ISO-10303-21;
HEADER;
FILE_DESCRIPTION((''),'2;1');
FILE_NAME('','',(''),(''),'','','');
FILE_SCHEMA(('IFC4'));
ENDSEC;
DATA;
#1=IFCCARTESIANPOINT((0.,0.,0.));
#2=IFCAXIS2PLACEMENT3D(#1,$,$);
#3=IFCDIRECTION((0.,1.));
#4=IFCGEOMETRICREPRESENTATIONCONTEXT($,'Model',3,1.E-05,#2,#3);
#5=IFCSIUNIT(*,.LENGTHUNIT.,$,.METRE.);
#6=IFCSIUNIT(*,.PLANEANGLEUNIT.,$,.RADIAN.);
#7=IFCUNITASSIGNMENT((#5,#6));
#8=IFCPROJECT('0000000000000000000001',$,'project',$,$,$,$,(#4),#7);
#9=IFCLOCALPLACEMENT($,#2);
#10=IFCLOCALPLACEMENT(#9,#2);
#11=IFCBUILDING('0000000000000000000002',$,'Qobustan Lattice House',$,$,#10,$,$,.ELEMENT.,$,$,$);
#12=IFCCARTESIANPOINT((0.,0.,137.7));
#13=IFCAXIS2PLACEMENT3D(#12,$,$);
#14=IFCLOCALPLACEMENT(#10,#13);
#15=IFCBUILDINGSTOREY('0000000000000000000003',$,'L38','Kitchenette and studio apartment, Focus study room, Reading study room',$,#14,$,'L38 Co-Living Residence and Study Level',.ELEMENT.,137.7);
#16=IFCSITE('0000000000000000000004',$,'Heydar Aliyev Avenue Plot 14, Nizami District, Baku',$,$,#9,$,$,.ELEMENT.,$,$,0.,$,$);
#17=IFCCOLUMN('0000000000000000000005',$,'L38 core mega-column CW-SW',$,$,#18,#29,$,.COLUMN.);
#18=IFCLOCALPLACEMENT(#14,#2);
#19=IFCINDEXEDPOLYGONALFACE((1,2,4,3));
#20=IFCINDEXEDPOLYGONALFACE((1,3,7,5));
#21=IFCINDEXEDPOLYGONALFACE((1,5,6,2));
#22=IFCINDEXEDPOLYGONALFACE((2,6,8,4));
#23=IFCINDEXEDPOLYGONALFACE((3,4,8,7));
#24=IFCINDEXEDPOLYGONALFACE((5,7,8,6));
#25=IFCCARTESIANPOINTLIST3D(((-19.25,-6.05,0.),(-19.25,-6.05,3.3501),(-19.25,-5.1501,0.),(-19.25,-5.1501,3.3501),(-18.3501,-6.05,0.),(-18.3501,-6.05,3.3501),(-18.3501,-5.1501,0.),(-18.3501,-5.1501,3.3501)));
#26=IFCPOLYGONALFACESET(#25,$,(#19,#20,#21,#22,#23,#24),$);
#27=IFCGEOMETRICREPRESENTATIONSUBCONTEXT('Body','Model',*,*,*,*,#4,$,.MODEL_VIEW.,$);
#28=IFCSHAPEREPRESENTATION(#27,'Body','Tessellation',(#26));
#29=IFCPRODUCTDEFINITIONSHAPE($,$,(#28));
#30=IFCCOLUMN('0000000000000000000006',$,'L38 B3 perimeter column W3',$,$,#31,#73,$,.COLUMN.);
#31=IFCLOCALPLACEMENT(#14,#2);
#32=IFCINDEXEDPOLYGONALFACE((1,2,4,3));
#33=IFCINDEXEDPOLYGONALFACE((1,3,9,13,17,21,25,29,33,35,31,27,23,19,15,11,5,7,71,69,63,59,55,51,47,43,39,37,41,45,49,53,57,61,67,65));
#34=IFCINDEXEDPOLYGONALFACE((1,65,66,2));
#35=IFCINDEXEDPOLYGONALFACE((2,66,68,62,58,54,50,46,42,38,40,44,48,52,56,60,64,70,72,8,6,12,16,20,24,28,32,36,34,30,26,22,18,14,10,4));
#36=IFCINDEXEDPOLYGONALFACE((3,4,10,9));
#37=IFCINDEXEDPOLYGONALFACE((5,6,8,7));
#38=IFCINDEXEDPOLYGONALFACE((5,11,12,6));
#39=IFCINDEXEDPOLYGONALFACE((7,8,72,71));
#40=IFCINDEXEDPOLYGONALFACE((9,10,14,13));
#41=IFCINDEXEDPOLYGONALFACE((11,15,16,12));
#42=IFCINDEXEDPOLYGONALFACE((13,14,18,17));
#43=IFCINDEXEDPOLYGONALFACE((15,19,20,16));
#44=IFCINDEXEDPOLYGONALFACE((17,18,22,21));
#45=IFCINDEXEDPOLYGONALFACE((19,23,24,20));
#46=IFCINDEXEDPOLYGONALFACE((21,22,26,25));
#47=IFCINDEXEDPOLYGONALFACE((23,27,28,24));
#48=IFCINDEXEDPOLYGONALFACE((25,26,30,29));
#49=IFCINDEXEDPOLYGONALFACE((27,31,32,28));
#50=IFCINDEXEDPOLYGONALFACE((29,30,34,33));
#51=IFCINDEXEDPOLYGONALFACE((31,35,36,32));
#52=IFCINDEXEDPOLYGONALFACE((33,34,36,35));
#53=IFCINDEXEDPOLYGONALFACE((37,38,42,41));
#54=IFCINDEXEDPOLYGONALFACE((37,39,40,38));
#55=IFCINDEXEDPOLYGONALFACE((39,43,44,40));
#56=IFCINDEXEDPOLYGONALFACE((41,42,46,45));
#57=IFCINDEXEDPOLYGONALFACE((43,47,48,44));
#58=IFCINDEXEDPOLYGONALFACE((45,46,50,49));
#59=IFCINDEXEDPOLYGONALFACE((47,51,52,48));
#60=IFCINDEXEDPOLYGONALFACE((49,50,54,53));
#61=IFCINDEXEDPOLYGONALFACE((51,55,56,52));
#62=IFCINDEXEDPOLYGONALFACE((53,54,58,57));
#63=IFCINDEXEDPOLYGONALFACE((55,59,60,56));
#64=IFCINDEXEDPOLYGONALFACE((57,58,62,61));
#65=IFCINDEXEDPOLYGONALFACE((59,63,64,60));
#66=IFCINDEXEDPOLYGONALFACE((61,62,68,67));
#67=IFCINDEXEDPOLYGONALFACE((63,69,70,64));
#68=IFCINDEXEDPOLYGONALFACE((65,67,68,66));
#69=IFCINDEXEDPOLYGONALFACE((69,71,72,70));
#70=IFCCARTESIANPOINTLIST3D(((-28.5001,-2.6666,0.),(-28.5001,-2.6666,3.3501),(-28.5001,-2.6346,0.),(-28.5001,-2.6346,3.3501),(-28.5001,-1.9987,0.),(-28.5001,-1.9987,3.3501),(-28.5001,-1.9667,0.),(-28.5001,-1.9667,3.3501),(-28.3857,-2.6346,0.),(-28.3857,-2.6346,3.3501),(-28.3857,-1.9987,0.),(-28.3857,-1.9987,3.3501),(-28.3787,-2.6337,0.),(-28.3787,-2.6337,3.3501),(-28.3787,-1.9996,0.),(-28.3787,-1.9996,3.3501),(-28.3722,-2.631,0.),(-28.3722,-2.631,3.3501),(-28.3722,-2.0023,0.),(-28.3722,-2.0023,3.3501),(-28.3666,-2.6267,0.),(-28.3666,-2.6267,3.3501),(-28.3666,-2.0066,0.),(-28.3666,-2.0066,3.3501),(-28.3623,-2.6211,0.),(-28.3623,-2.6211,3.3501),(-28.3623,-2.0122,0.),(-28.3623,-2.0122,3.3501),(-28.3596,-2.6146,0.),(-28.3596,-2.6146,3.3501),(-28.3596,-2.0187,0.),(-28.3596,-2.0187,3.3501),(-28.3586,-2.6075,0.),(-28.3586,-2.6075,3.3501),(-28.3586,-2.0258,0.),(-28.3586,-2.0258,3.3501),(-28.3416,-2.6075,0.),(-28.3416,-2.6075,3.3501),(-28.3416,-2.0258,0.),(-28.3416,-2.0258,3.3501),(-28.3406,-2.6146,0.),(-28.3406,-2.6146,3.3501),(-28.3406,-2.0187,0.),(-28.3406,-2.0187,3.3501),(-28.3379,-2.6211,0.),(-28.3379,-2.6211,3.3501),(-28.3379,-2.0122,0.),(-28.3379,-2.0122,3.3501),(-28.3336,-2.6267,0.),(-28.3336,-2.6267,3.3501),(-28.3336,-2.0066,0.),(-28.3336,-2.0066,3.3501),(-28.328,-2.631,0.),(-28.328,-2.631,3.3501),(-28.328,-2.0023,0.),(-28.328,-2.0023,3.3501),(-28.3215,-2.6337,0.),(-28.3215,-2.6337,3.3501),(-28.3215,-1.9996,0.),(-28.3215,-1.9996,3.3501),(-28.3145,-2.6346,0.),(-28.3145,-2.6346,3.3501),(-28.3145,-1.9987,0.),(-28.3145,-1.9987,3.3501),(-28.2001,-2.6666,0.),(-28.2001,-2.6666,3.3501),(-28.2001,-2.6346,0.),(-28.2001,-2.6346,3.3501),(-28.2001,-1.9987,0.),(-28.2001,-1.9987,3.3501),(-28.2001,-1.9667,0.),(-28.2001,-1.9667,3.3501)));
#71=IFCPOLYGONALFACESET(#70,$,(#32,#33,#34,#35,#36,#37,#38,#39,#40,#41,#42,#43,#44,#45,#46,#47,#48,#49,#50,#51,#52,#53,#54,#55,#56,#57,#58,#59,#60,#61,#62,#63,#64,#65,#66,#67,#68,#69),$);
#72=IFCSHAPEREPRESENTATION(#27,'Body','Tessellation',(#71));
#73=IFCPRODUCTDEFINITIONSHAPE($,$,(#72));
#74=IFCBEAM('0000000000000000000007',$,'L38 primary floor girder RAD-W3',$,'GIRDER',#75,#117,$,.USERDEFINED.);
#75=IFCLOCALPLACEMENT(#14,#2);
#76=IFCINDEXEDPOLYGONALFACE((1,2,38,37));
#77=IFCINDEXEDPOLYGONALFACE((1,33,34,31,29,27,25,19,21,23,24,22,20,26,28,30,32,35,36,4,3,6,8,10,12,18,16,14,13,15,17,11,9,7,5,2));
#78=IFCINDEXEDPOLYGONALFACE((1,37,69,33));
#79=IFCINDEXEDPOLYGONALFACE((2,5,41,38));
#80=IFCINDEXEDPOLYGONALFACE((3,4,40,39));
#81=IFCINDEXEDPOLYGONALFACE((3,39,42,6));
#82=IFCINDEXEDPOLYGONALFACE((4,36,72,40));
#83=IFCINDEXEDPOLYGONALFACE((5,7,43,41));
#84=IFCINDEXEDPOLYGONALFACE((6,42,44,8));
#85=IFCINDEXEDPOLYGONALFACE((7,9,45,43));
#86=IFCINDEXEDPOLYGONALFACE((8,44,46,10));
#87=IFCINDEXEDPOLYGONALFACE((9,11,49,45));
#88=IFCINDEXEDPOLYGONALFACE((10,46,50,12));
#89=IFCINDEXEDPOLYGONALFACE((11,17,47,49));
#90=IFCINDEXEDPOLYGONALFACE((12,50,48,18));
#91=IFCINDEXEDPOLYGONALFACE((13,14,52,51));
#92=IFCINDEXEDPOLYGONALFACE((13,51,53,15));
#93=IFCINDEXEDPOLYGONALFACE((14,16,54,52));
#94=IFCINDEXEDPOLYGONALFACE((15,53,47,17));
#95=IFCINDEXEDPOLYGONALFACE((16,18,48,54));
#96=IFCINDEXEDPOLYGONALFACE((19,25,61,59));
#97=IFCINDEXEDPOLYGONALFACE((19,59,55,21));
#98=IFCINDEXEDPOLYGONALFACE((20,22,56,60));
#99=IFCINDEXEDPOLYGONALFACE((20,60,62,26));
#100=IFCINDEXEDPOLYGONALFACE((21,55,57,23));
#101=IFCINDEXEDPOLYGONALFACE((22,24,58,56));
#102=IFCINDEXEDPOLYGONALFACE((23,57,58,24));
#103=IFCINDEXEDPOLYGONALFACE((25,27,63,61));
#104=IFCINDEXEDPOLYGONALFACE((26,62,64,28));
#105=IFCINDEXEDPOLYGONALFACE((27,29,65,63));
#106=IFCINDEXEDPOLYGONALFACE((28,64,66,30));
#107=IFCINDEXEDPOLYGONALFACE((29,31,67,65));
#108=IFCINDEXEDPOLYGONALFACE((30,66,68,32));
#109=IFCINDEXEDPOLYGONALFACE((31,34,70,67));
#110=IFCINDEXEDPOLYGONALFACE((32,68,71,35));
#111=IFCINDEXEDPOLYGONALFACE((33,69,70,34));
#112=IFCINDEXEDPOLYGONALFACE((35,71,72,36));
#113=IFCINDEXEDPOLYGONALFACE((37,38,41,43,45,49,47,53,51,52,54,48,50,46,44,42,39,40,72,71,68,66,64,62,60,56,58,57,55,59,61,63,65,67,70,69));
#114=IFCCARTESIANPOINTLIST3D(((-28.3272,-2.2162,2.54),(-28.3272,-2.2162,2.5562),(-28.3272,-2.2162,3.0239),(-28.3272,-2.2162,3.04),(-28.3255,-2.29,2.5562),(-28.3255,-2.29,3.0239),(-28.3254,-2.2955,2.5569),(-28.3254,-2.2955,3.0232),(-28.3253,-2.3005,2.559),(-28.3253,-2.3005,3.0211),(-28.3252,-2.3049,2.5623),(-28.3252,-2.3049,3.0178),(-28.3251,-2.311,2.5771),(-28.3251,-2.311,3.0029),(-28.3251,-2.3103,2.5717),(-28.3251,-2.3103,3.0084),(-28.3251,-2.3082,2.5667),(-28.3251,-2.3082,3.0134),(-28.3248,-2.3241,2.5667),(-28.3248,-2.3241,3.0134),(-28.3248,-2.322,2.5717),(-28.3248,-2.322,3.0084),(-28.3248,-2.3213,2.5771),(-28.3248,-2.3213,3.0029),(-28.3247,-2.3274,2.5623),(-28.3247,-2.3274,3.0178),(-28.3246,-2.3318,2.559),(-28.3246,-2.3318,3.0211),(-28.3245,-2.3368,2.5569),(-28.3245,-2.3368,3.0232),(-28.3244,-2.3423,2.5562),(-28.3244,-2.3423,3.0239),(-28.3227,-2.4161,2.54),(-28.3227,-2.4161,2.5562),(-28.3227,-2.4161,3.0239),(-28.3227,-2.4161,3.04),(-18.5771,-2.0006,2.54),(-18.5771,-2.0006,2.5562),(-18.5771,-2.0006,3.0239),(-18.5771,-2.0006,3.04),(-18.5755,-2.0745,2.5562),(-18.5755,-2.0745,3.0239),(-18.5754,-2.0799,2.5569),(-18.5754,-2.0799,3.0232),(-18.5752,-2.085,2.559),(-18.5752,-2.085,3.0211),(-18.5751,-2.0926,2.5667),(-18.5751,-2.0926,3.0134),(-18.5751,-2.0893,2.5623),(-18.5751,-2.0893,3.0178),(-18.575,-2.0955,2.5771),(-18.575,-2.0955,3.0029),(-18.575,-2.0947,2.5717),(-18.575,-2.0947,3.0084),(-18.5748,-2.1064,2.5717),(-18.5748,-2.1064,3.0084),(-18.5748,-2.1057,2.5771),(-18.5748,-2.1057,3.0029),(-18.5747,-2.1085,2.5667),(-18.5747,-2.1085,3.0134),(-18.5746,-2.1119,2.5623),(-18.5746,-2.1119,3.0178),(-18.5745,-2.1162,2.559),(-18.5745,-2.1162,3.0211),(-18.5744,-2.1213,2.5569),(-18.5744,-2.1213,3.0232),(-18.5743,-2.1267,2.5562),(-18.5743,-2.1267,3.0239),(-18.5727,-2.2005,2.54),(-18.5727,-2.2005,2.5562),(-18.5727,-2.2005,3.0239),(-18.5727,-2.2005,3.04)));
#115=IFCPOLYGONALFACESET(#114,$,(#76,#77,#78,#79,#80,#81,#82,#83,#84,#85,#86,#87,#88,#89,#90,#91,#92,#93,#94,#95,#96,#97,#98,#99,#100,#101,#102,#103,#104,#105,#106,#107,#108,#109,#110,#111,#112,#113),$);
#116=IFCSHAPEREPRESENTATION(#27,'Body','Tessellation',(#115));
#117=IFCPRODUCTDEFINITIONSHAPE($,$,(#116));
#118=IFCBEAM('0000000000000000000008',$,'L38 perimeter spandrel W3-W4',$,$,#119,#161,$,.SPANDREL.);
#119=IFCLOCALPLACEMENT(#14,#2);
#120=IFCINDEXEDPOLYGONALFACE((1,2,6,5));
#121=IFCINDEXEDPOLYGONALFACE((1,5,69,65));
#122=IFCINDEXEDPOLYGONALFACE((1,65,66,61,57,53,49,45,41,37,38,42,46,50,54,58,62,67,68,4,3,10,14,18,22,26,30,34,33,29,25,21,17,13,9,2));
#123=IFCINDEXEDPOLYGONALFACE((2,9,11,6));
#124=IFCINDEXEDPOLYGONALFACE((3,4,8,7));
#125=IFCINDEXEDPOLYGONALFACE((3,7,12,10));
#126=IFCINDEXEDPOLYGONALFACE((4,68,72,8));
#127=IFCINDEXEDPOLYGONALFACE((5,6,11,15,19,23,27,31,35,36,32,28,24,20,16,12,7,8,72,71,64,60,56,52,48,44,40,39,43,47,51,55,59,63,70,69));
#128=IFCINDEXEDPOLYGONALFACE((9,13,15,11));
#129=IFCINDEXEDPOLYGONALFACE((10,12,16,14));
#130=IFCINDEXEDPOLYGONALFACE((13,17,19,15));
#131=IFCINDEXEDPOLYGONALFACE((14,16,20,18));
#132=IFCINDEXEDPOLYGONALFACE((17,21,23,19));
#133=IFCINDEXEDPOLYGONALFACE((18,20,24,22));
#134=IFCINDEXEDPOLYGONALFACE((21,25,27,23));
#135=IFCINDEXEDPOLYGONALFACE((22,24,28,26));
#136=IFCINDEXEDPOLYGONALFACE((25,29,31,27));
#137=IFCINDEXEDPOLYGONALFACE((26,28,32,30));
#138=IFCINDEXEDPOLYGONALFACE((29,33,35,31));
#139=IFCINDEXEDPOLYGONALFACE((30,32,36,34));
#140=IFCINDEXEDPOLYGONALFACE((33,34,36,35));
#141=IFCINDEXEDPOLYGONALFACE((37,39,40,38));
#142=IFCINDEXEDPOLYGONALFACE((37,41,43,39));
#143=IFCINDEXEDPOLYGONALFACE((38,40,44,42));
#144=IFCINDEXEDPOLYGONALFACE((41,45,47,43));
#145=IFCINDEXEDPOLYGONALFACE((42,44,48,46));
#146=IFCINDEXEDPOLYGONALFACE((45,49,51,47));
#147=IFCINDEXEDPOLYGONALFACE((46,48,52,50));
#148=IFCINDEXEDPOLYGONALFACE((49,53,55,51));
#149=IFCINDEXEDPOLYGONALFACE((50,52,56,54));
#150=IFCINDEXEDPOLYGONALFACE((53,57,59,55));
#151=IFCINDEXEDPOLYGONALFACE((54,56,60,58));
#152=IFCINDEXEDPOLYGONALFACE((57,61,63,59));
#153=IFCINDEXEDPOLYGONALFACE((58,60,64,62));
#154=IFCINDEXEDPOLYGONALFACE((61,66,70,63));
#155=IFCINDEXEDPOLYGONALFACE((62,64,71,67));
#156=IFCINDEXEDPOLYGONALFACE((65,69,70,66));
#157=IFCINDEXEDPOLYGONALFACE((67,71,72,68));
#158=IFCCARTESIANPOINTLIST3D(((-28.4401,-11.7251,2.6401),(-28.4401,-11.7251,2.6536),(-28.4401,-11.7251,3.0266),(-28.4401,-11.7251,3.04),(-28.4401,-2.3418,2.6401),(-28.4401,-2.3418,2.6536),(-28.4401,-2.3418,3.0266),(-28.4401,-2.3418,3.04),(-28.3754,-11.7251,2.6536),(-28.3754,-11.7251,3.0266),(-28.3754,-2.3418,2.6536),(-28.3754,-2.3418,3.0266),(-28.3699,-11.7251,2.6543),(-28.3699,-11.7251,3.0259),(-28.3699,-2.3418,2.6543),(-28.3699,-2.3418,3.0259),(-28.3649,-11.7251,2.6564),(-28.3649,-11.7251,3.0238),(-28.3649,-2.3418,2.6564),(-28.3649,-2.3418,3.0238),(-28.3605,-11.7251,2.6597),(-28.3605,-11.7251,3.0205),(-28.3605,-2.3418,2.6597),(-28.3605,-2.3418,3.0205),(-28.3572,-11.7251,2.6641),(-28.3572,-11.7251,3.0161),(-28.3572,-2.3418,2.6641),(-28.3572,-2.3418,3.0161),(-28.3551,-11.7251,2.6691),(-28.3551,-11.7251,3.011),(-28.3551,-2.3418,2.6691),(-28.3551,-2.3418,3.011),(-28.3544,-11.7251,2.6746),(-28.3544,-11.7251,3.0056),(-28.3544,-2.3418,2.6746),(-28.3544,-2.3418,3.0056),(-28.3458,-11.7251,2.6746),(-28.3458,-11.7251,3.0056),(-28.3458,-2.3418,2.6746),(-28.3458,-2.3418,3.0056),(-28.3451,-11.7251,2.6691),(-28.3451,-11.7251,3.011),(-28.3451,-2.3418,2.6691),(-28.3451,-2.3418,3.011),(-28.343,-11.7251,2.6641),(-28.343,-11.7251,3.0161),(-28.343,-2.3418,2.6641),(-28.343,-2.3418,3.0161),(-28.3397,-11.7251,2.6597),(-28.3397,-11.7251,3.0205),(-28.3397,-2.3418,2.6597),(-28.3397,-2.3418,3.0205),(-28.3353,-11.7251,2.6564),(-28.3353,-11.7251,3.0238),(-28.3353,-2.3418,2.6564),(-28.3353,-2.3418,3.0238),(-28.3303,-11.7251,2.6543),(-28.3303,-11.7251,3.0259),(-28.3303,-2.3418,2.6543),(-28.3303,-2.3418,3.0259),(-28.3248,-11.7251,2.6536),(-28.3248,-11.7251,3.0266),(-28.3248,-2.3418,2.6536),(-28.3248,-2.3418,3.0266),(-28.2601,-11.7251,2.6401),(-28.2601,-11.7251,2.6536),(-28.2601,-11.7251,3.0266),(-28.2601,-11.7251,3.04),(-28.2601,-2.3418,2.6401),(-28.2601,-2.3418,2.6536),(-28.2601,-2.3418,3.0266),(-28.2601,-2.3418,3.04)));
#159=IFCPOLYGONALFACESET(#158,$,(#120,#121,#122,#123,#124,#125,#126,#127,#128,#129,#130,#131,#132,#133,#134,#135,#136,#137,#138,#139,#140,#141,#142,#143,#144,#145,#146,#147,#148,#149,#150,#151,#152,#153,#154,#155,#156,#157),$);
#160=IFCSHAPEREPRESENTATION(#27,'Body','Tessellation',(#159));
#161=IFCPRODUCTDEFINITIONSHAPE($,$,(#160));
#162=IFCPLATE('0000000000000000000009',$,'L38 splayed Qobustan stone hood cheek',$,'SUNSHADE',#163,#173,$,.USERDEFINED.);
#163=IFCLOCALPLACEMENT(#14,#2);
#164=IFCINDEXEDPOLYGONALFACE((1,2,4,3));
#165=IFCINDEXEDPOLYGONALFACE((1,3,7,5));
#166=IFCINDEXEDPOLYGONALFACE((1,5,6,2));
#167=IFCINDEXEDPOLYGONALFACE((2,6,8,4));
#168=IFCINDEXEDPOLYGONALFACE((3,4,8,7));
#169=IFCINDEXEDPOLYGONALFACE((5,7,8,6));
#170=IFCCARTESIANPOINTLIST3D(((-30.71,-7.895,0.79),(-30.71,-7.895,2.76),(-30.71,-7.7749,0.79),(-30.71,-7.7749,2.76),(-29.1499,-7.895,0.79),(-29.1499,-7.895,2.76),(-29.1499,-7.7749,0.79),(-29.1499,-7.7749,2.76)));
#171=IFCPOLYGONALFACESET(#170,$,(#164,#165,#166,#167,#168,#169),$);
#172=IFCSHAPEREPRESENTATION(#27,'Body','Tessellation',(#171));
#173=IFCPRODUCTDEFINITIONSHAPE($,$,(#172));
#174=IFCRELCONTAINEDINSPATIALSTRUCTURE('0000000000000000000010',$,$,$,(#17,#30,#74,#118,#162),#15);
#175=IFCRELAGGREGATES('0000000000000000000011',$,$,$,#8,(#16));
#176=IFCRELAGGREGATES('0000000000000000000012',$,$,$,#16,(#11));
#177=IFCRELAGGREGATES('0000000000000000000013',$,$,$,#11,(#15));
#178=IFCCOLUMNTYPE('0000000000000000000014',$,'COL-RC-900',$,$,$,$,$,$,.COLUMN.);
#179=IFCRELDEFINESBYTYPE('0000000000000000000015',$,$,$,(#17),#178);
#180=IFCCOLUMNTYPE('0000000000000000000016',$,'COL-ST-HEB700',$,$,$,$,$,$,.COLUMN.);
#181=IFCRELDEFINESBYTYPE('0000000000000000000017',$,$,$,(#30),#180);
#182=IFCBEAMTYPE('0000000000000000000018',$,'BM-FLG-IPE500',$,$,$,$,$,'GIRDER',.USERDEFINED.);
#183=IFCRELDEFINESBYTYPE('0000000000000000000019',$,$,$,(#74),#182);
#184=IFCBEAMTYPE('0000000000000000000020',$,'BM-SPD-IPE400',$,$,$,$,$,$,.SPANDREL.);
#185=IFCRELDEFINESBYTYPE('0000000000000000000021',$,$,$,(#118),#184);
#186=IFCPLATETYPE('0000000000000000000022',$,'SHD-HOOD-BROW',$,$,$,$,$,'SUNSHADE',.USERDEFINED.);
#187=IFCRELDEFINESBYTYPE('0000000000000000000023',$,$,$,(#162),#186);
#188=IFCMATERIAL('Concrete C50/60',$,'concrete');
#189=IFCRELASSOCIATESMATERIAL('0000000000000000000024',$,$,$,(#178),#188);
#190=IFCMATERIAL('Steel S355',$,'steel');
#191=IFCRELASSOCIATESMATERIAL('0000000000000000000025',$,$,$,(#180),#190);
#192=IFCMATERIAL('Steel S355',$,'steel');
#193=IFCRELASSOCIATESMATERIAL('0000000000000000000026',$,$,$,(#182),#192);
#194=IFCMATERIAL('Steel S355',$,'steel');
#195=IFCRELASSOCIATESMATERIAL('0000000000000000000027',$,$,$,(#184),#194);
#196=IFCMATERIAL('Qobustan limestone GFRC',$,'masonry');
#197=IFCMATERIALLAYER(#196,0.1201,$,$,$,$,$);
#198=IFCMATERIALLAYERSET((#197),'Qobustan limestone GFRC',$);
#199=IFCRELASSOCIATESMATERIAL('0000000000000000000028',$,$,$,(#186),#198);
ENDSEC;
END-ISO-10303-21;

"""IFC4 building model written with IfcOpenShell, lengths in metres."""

from ifc_helpers import new_model, si_unit, direction, frame, origin, origin_2d, place, context, subcontext, project, spatial, rectangle, i_section, extrude, material, layer, layer_set, material_profile, profile_set, type_object, element, save


model = new_model("IFC4")

# Units and contexts
model_context = context("Model", 3, precision=1e-05, world=origin(), true_north=direction((0.0, 1.0)))
body_context = subcontext(model_context, "Body", "Model", "MODEL_VIEW")
ifc_project = project(units=[si_unit("LENGTHUNIT", "METRE"), si_unit("PLANEANGLEUNIT", "RADIAN")], contexts=[model_context])

# Site, building, storey
site_placement = place(None, origin())
site = spatial("IfcSite", under=ifc_project, at=site_placement, Name="Heydar Aliyev Avenue Plot 14, Nizami District, Baku", CompositionType="ELEMENT", RefElevation=0.0)
building_placement = place(site_placement, origin())
building = spatial("IfcBuilding", under=site, at=building_placement, Name="Qobustan Lattice House", CompositionType="ELEMENT")
storey_placement = place(building_placement, frame((0.0, 0.0, 137.7)))
storey = spatial("IfcBuildingStorey", under=building, at=storey_placement, Name="L38", Description="Kitchenette and studio apartment, Focus study room, Reading study room", LongName="L38 Co-Living Residence and Study Level", CompositionType="ELEMENT", Elevation=137.7)

# Columns
ifc_material_1 = material(Name="Concrete C50/60", Category="concrete")
ifc_material_profile_1 = material_profile(ifc_material_1, rectangle(XDim=0.8999, YDim=0.8999, at=origin_2d()), Name="RC900x900")
ifc_profile_set_1 = profile_set([ifc_material_profile_1], Name="Concrete C50/60")
column_type_1 = type_object("IfcColumnType", Name="COL-RC-900", PredefinedType="COLUMN", material=ifc_profile_set_1)
column_1_placement = place(storey_placement, frame((-18.8, -5.6001, 0.0), z_axis=(0.0, 0.0, 1.0), x_axis=(1.0, 0.0, 0.0)))
element("IfcColumn", 1, at=column_1_placement, inside=storey, type_object=column_type_1, Name="L38 core mega-column CW-SW", PredefinedType="COLUMN", context=body_context, shape_type="SweptSolid", body=[
    extrude(rectangle(XDim=0.8999, YDim=0.8999, at=origin_2d()), origin(), (0.0, 0.0, 1.0), 3.3501),
])
ifc_material_2 = material(Name="Steel S355", Category="steel")
ifc_material_profile_2 = material_profile(ifc_material_2, i_section(OverallWidth=0.3, OverallDepth=0.7, WebThickness=0.0171, FlangeThickness=0.032, FilletRadius=0.0271, at=origin_2d()), Name="HEB700")
ifc_profile_set_2 = profile_set([ifc_material_profile_2], Name="Steel S355")
column_type_2 = type_object("IfcColumnType", Name="COL-ST-HEB700", PredefinedType="COLUMN", material=ifc_profile_set_2)
column_2_placement = place(storey_placement, frame((-28.3501, -2.3167, 0.0), z_axis=(0.0, 0.0, 1.0), x_axis=(1.0, 0.0, 0.0)))
element("IfcColumn", 2, at=column_2_placement, inside=storey, type_object=column_type_2, Name="L38 B3 perimeter column W3", PredefinedType="COLUMN", context=body_context, shape_type="SweptSolid", body=[
    extrude(i_section(OverallWidth=0.3, OverallDepth=0.7, WebThickness=0.0171, FlangeThickness=0.032, FilletRadius=0.0271, at=origin_2d()), origin(), (0.0, 0.0, 1.0), 3.3501),
])

# Beams
ifc_material_3 = material(Name="Steel S355", Category="steel")
ifc_material_profile_3 = material_profile(ifc_material_3, i_section(OverallWidth=0.2, OverallDepth=0.5, WebThickness=0.0103, FlangeThickness=0.0161, FilletRadius=0.021, at=origin_2d()), Name="IPE500")
ifc_profile_set_3 = profile_set([ifc_material_profile_3], Name="Steel S355")
beam_type_1 = type_object("IfcBeamType", Name="BM-FLG-IPE500", ElementType="GIRDER", PredefinedType="USERDEFINED", material=ifc_profile_set_3)
beam_1_placement = place(storey_placement, frame((-28.325, -2.3162, 2.79), z_axis=(0.999756, 0.022105, 0.0), x_axis=(-0.022105, 0.999756, 0.0)))
element("IfcBeam", 3, at=beam_1_placement, inside=storey, type_object=beam_type_1, Name="L38 primary floor girder RAD-W3", ObjectType="GIRDER", PredefinedType="USERDEFINED", context=body_context, shape_type="SweptSolid", body=[
    extrude(i_section(OverallWidth=0.2, OverallDepth=0.5, WebThickness=0.0103, FlangeThickness=0.0161, FilletRadius=0.021, at=origin_2d()), origin(), (0.0, 0.0, 1.0), 9.7524),
])
ifc_material_4 = material(Name="Steel S355", Category="steel")
ifc_material_profile_4 = material_profile(ifc_material_4, i_section(OverallWidth=0.1799, OverallDepth=0.3999, WebThickness=0.0085, FlangeThickness=0.0134, FilletRadius=0.021, at=origin_2d()), Name="IPE400")
ifc_profile_set_4 = profile_set([ifc_material_profile_4], Name="Steel S355")
beam_type_2 = type_object("IfcBeamType", Name="BM-SPD-IPE400", PredefinedType="SPANDREL", material=ifc_profile_set_4)
beam_2_placement = place(storey_placement, frame((-28.3501, -2.3418, 2.8401), z_axis=(0.0, -1.0, 0.0), x_axis=(1.0, 0.0, 0.0)))
element("IfcBeam", 4, at=beam_2_placement, inside=storey, type_object=beam_type_2, Name="L38 perimeter spandrel W3-W4", PredefinedType="SPANDREL", context=body_context, shape_type="SweptSolid", body=[
    extrude(i_section(OverallWidth=0.1799, OverallDepth=0.3999, WebThickness=0.0085, FlangeThickness=0.0134, FilletRadius=0.021, at=origin_2d()), origin(), (0.0, 0.0, 1.0), 9.3833),
])

# Plate
ifc_material_5 = material(Name="Qobustan limestone GFRC", Category="masonry")
ifc_layer_1 = layer(ifc_material_5, 0.1201)
ifc_layer_set_1 = layer_set([ifc_layer_1], Name="Qobustan limestone GFRC")
plate_type = type_object("IfcPlateType", Name="SHD-HOOD-BROW", ElementType="SUNSHADE", PredefinedType="USERDEFINED", material=ifc_layer_set_1)
plate_placement = place(storey_placement, frame((-29.9299, -7.835, 0.79), z_axis=(0.0, 0.0, 1.0), x_axis=(0.0, 1.0, 0.0)))
element("IfcPlate", 5, at=plate_placement, inside=storey, type_object=plate_type, Name="L38 splayed Qobustan stone hood cheek", ObjectType="SUNSHADE", PredefinedType="USERDEFINED", context=body_context, shape_type="SweptSolid", body=[
    extrude(rectangle(XDim=0.1201, YDim=1.5601, at=origin_2d()), origin(), (0.0, 0.0, 1.0), 1.97),
])

save(model, "model.ifc")
